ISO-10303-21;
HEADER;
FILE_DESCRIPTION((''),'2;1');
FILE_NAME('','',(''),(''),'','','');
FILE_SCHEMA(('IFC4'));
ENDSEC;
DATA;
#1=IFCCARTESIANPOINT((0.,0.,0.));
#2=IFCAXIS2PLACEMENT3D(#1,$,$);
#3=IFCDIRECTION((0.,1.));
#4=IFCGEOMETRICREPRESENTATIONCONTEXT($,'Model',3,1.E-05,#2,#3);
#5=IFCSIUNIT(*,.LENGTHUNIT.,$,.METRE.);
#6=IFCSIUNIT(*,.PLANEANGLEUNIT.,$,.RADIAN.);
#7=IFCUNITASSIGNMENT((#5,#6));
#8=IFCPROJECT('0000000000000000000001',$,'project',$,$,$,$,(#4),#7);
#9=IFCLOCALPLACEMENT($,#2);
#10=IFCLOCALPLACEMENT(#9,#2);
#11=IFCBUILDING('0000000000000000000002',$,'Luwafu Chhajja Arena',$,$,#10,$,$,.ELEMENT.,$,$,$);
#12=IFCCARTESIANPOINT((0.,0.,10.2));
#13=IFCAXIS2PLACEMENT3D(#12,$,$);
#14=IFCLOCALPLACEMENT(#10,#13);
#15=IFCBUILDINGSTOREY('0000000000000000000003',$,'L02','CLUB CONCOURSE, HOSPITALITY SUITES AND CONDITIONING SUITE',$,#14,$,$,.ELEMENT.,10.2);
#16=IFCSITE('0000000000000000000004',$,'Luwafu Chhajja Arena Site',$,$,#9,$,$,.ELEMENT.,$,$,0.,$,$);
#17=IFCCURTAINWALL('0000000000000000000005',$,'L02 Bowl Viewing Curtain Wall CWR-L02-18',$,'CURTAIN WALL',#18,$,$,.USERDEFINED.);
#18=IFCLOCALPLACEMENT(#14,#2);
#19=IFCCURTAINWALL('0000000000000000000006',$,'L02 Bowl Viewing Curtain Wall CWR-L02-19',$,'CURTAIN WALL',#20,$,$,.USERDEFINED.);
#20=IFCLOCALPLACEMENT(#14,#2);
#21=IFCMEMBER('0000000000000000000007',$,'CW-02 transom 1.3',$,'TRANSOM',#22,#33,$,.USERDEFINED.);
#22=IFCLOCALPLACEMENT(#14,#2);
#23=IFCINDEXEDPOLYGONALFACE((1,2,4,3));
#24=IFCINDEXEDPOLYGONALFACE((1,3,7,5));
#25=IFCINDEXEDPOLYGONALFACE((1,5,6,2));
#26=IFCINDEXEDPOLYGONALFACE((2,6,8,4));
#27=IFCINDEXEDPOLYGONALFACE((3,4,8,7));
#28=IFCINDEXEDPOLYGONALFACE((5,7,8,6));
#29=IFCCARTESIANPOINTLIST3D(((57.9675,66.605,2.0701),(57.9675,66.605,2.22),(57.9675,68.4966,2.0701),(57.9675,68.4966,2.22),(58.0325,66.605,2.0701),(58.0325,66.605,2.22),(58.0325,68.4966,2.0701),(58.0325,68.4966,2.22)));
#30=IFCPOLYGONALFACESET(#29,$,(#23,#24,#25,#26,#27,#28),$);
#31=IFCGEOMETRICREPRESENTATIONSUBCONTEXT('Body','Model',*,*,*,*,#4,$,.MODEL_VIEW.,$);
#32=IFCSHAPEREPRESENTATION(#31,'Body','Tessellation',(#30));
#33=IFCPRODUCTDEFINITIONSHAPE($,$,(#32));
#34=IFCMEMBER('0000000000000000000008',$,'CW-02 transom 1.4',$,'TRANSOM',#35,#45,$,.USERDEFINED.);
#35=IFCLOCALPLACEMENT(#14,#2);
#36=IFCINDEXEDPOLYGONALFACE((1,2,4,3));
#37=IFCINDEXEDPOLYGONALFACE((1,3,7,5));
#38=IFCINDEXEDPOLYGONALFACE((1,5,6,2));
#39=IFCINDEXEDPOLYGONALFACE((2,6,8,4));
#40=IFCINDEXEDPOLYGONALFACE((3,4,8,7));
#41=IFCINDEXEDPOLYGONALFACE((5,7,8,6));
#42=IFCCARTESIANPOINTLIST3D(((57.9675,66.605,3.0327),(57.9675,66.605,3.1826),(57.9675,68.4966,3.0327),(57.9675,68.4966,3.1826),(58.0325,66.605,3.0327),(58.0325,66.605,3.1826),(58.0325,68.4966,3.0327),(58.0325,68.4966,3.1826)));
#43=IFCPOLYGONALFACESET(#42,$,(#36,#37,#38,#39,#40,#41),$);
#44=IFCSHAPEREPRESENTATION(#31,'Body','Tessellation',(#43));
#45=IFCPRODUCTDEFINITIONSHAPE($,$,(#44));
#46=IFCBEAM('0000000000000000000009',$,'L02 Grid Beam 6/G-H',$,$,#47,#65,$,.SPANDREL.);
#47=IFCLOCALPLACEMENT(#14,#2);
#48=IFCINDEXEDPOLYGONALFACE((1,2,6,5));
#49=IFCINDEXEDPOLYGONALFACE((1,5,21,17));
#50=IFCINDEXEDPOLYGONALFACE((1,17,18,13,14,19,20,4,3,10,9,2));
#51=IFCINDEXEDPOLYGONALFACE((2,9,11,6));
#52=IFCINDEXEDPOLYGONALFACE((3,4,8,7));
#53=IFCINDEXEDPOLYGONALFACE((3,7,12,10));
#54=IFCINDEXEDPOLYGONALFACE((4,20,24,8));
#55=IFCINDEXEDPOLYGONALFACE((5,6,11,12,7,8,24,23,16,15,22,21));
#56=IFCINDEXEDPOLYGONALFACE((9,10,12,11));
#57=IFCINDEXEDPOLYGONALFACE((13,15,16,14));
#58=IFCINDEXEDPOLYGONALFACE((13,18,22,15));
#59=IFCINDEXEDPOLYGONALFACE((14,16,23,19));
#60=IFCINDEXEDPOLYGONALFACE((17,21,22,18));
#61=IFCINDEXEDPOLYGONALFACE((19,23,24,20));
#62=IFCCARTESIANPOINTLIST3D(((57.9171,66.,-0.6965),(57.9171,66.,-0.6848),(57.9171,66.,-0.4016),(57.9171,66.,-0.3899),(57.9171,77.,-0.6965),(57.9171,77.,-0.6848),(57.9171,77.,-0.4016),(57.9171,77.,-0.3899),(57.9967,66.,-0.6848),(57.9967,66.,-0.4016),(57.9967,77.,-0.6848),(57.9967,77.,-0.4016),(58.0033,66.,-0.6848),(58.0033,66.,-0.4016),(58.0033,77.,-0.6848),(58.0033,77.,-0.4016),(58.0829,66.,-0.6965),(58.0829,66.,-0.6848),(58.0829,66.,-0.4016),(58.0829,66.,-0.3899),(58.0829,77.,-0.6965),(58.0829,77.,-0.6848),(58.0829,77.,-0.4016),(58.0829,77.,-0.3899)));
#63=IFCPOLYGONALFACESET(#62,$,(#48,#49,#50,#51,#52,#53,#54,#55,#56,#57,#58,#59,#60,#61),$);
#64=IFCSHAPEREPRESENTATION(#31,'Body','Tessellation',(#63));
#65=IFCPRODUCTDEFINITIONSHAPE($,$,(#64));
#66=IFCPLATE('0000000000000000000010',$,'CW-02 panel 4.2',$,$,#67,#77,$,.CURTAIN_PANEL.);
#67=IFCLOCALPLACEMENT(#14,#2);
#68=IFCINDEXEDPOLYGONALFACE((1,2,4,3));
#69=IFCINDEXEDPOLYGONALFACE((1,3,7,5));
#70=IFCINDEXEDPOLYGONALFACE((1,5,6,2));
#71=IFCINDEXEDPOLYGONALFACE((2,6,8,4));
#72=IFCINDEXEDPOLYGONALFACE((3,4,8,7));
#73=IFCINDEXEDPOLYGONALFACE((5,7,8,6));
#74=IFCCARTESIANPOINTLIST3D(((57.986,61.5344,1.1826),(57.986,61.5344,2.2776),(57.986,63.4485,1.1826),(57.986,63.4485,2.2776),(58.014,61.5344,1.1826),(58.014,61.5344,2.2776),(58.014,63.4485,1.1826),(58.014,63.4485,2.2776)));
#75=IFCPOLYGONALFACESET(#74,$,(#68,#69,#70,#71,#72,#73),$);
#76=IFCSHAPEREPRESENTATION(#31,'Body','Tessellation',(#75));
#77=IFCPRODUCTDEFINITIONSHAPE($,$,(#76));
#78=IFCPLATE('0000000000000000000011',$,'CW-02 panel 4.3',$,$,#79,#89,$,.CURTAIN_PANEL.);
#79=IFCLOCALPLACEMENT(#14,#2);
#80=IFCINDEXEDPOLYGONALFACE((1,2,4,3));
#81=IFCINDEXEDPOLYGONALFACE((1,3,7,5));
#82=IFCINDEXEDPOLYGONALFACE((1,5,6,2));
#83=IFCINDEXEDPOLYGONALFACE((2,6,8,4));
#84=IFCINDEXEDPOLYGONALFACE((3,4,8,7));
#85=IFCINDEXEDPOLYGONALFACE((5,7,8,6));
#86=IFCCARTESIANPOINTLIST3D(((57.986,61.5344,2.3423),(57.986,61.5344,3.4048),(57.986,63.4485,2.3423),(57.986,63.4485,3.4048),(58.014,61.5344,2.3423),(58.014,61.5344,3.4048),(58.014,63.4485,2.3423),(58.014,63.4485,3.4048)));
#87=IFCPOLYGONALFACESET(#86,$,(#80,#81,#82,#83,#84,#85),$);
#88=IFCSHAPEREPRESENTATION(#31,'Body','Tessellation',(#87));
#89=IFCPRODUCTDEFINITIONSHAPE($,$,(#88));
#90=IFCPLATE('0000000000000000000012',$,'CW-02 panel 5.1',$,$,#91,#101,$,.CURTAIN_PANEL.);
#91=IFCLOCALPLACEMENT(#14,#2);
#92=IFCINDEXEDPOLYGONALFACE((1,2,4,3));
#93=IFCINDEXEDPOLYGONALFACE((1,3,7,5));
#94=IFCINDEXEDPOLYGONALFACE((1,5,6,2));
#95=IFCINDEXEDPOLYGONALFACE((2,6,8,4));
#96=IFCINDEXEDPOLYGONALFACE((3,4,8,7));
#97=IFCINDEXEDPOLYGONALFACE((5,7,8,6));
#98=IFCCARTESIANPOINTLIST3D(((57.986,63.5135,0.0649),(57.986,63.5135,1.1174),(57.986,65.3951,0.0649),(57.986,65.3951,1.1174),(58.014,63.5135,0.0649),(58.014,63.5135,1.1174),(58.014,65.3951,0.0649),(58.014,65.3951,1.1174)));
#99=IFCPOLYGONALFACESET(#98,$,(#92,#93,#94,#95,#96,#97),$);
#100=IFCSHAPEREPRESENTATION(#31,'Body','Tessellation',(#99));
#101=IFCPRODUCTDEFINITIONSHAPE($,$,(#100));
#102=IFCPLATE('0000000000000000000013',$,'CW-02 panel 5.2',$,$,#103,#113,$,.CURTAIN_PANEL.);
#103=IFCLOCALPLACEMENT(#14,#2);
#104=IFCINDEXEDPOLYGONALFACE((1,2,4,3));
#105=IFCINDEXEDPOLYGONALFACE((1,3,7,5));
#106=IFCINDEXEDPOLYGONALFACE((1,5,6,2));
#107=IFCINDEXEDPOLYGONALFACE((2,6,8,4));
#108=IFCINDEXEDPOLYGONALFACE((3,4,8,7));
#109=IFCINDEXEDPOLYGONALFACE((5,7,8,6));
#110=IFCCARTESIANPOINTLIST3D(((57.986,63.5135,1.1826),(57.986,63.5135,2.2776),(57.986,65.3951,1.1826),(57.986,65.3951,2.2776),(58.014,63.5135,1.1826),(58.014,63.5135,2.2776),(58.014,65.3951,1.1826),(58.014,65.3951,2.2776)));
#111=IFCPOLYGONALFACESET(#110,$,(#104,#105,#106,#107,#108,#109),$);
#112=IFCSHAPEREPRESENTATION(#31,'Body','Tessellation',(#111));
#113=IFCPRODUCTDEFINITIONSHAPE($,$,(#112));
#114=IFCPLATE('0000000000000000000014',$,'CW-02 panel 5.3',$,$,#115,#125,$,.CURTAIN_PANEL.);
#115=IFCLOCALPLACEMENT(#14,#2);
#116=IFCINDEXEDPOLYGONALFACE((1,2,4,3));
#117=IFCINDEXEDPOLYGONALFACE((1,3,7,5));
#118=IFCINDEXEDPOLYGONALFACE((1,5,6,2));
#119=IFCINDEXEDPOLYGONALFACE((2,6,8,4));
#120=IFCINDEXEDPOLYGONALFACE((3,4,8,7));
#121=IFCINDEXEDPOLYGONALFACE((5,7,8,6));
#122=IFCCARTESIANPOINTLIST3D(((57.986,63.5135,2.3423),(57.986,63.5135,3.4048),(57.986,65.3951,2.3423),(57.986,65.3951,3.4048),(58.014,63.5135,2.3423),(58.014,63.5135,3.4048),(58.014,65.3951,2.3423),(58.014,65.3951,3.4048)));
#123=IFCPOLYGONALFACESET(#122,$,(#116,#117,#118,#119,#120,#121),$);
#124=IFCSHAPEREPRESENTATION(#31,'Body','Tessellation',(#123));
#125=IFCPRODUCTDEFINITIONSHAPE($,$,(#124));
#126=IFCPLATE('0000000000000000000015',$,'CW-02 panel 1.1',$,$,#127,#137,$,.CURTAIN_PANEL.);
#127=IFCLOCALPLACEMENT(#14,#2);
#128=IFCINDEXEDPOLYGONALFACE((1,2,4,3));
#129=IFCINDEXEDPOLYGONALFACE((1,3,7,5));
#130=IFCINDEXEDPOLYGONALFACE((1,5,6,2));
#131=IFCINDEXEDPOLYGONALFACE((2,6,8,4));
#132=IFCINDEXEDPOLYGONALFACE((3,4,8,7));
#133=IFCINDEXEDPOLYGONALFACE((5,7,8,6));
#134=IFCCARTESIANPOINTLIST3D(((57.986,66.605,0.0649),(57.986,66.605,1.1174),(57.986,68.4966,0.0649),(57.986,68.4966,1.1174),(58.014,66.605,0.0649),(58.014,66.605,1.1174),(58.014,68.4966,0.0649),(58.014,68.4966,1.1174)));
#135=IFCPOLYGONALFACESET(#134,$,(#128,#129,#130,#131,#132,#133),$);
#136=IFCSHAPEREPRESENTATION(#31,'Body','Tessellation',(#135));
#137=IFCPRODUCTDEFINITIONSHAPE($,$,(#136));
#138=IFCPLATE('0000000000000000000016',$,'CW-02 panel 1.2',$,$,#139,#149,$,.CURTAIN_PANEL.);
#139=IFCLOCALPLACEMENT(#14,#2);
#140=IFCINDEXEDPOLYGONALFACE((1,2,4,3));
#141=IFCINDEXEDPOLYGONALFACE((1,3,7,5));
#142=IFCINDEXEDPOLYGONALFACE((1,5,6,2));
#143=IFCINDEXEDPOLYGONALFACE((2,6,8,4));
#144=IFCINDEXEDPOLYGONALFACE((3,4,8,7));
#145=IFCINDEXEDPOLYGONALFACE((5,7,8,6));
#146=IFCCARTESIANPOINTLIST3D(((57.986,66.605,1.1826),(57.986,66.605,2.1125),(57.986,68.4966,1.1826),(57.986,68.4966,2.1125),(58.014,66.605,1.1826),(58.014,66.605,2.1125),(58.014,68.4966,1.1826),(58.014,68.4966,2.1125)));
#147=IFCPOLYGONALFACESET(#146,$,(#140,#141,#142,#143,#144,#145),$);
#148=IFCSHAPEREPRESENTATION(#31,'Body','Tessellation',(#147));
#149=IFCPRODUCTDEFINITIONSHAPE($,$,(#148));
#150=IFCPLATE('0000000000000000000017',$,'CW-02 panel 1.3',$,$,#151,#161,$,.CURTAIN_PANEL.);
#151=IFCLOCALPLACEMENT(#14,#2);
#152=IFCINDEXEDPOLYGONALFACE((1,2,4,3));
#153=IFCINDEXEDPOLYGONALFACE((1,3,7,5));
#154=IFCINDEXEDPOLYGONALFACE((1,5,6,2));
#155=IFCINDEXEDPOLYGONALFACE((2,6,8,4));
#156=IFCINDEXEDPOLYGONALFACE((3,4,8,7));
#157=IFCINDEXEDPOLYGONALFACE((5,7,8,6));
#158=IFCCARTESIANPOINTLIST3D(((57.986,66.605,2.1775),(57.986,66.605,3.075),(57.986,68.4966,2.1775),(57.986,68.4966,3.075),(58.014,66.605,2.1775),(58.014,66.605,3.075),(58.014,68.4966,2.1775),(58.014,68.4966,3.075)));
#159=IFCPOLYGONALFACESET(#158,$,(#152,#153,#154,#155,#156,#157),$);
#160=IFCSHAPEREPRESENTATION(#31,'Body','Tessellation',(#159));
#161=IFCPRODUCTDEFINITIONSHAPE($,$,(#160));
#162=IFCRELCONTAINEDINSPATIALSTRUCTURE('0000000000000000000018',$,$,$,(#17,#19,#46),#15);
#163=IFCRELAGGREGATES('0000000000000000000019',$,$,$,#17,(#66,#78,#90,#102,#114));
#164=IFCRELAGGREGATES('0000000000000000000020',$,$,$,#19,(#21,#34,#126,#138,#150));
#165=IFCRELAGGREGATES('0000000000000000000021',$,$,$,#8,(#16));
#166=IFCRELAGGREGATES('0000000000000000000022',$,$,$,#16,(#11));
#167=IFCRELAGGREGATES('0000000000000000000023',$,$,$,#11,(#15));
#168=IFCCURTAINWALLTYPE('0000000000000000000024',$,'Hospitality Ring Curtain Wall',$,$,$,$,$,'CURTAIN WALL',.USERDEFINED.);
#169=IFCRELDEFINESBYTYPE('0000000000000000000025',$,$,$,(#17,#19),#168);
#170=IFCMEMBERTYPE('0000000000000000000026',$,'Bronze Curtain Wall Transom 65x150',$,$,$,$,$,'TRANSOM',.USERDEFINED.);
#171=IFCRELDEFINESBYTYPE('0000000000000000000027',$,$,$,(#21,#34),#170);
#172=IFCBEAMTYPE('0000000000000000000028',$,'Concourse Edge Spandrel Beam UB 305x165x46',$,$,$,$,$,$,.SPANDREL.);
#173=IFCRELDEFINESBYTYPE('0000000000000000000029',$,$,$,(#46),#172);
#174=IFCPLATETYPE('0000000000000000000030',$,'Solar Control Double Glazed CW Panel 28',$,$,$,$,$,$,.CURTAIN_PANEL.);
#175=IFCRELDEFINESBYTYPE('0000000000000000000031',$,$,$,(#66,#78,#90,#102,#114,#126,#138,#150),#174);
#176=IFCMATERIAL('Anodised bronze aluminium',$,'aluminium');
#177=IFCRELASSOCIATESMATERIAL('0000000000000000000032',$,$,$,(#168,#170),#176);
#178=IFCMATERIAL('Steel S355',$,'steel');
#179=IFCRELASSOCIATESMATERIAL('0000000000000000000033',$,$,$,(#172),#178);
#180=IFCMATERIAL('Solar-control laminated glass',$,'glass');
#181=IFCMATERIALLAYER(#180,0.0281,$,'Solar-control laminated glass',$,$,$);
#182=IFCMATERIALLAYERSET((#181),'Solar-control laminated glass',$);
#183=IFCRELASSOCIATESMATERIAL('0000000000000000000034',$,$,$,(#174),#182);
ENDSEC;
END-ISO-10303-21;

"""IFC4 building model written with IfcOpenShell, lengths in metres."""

from ifc_helpers import new_model, si_unit, direction, frame, origin, origin_2d, place, context, subcontext, project, spatial, rectangle, i_section, extrude, material, layer, layer_set, material_profile, profile_set, type_object, element, aggregate, save


model = new_model("IFC4")

# Units and contexts
model_context = context("Model", 3, precision=1e-05, world=origin(), true_north=direction((0.0, 1.0)))
body_context = subcontext(model_context, "Body", "Model", "MODEL_VIEW")
ifc_project = project(units=[si_unit("LENGTHUNIT", "METRE"), si_unit("PLANEANGLEUNIT", "RADIAN")], contexts=[model_context])

# Site, building, storey
site_placement = place(None, origin())
site = spatial("IfcSite", under=ifc_project, at=site_placement, Name="Luwafu Chhajja Arena Site", CompositionType="ELEMENT", RefElevation=0.0)
building_placement = place(site_placement, origin())
building = spatial("IfcBuilding", under=site, at=building_placement, Name="Luwafu Chhajja Arena", CompositionType="ELEMENT")
storey_placement = place(building_placement, frame((0.0, 0.0, 10.2)))
storey = spatial("IfcBuildingStorey", under=building, at=storey_placement, Name="L02", Description="CLUB CONCOURSE, HOSPITALITY SUITES AND CONDITIONING SUITE", CompositionType="ELEMENT", Elevation=10.2)

# Shared definitions
ifc_material_1 = material(Name="Steel S355", Category="steel")

# Curtain wall
ifc_material_2 = material(Name="Anodised bronze aluminium", Category="aluminium")
curtain_wall_type = type_object("IfcCurtainWallType", Name="Hospitality Ring Curtain Wall", ElementType="CURTAIN WALL", PredefinedType="USERDEFINED", material=ifc_material_2)
curtain_wall_1_placement = place(storey_placement, origin())
curtain_wall_1 = element("IfcCurtainWall", 1, at=curtain_wall_1_placement, inside=storey, type_object=curtain_wall_type, Name="L02 Bowl Viewing Curtain Wall CWR-L02-18", ObjectType="CURTAIN WALL", PredefinedType="USERDEFINED")

# Curtain wall
curtain_wall_2_placement = place(storey_placement, origin())
curtain_wall_2 = element("IfcCurtainWall", 2, at=curtain_wall_2_placement, inside=storey, type_object=curtain_wall_type, Name="L02 Bowl Viewing Curtain Wall CWR-L02-19", ObjectType="CURTAIN WALL", PredefinedType="USERDEFINED")

# Members
ifc_material_profile_1 = material_profile(ifc_material_2, rectangle(XDim=0.0649, YDim=0.1499, at=origin_2d()), Name="CWT 65x150")
ifc_profile_set_1 = profile_set([ifc_material_profile_1], Name="Anodised bronze aluminium")
member_type_1 = type_object("IfcMemberType", Name="Bronze Curtain Wall Transom 65x150", ElementType="TRANSOM", PredefinedType="USERDEFINED", material=ifc_profile_set_1)
member_1_placement = place(storey_placement, frame((58.0, 66.605, 2.145), z_axis=(0.0, 1.0, 0.0), x_axis=(-1.0, 0.0, 0.0)))
member_1 = element("IfcMember", 3, at=member_1_placement, type_object=member_type_1, Name="CW-02 transom 1.3", ObjectType="TRANSOM", PredefinedType="USERDEFINED", context=body_context, shape_type="SweptSolid", body=[
    extrude(rectangle(XDim=0.0649, YDim=0.1499, at=origin_2d()), origin(), (0.0, 0.0, 1.0), 1.8916),
])
member_2_placement = place(storey_placement, frame((58.0, 66.605, 3.1077), z_axis=(0.0, 1.0, 0.0), x_axis=(-1.0, 0.0, 0.0)))
member_2 = element("IfcMember", 4, at=member_2_placement, type_object=member_type_1, Name="CW-02 transom 1.4", ObjectType="TRANSOM", PredefinedType="USERDEFINED", context=body_context, shape_type="SweptSolid", body=[
    extrude(rectangle(XDim=0.0649, YDim=0.1499, at=origin_2d()), origin(), (0.0, 0.0, 1.0), 1.8916),
])

# Beam
ifc_material_profile_2 = material_profile(ifc_material_1, i_section(OverallWidth=0.1658, OverallDepth=0.3066, WebThickness=0.0066, FlangeThickness=0.0117, at=origin_2d()), Name="UB 305x165x46")
ifc_profile_set_2 = profile_set([ifc_material_profile_2], Name="Steel S355")
beam_type = type_object("IfcBeamType", Name="Concourse Edge Spandrel Beam UB 305x165x46", PredefinedType="SPANDREL", material=ifc_profile_set_2)
beam_placement = place(storey_placement, frame((58.0, 66.0, -0.5432), z_axis=(0.0, 1.0, 0.0), x_axis=(-1.0, 0.0, 0.0)))
element("IfcBeam", 5, at=beam_placement, inside=storey, type_object=beam_type, Name="L02 Grid Beam 6/G-H", PredefinedType="SPANDREL", context=body_context, shape_type="SweptSolid", body=[
    extrude(i_section(OverallWidth=0.1658, OverallDepth=0.3066, WebThickness=0.0066, FlangeThickness=0.0117, at=origin_2d()), origin(), (0.0, 0.0, 1.0), 11.0),
])

# Plates
ifc_material_3 = material(Name="Solar-control laminated glass", Category="glass")
ifc_layer = layer(ifc_material_3, 0.0281, Name="Solar-control laminated glass")
ifc_layer_set = layer_set([ifc_layer], Name="Solar-control laminated glass")
plate_type = type_object("IfcPlateType", Name="Solar Control Double Glazed CW Panel 28", PredefinedType="CURTAIN_PANEL", material=ifc_layer_set)
plate_1_placement = place(storey_placement, frame((58.0, 62.4915, 1.1826), z_axis=(0.0, 0.0, 1.0), x_axis=(0.0, 1.0, 0.0)))
plate_1 = element("IfcPlate", 6, at=plate_1_placement, type_object=plate_type, Name="CW-02 panel 4.2", PredefinedType="CURTAIN_PANEL", context=body_context, shape_type="SweptSolid", body=[
    extrude(rectangle(XDim=1.9141, YDim=0.0281, at=origin_2d()), origin(), (0.0, 0.0, 1.0), 1.095),
])
plate_2_placement = place(storey_placement, frame((58.0, 62.4915, 2.3423), z_axis=(0.0, 0.0, 1.0), x_axis=(0.0, 1.0, 0.0)))
plate_2 = element("IfcPlate", 7, at=plate_2_placement, type_object=plate_type, Name="CW-02 panel 4.3", PredefinedType="CURTAIN_PANEL", context=body_context, shape_type="SweptSolid", body=[
    extrude(rectangle(XDim=1.9141, YDim=0.0281, at=origin_2d()), origin(), (0.0, 0.0, 1.0), 1.0625),
])
plate_3_placement = place(storey_placement, frame((58.0, 64.4543, 0.0649), z_axis=(0.0, 0.0, 1.0), x_axis=(0.0, 1.0, 0.0)))
plate_3 = element("IfcPlate", 8, at=plate_3_placement, type_object=plate_type, Name="CW-02 panel 5.1", PredefinedType="CURTAIN_PANEL", context=body_context, shape_type="SweptSolid", body=[
    extrude(rectangle(XDim=1.8816, YDim=0.0281, at=origin_2d()), origin(), (0.0, 0.0, 1.0), 1.0525),
])
plate_4_placement = place(storey_placement, frame((58.0, 64.4543, 1.1826), z_axis=(0.0, 0.0, 1.0), x_axis=(0.0, 1.0, 0.0)))
plate_4 = element("IfcPlate", 9, at=plate_4_placement, type_object=plate_type, Name="CW-02 panel 5.2", PredefinedType="CURTAIN_PANEL", context=body_context, shape_type="SweptSolid", body=[
    extrude(rectangle(XDim=1.8816, YDim=0.0281, at=origin_2d()), origin(), (0.0, 0.0, 1.0), 1.095),
])
plate_5_placement = place(storey_placement, frame((58.0, 64.4543, 2.3423), z_axis=(0.0, 0.0, 1.0), x_axis=(0.0, 1.0, 0.0)))
plate_5 = element("IfcPlate", 10, at=plate_5_placement, type_object=plate_type, Name="CW-02 panel 5.3", PredefinedType="CURTAIN_PANEL", context=body_context, shape_type="SweptSolid", body=[
    extrude(rectangle(XDim=1.8816, YDim=0.0281, at=origin_2d()), origin(), (0.0, 0.0, 1.0), 1.0625),
])
aggregate(curtain_wall_1, [plate_1, plate_2, plate_3, plate_4, plate_5])
plate_6_placement = place(storey_placement, frame((58.0, 67.5508, 0.0649), z_axis=(0.0, 0.0, 1.0), x_axis=(0.0, 1.0, 0.0)))
plate_6 = element("IfcPlate", 11, at=plate_6_placement, type_object=plate_type, Name="CW-02 panel 1.1", PredefinedType="CURTAIN_PANEL", context=body_context, shape_type="SweptSolid", body=[
    extrude(rectangle(XDim=1.8916, YDim=0.0281, at=origin_2d()), origin(), (0.0, 0.0, 1.0), 1.0525),
])
plate_7_placement = place(storey_placement, frame((58.0, 67.5508, 1.1826), z_axis=(0.0, 0.0, 1.0), x_axis=(0.0, 1.0, 0.0)))
plate_7 = element("IfcPlate", 12, at=plate_7_placement, type_object=plate_type, Name="CW-02 panel 1.2", PredefinedType="CURTAIN_PANEL", context=body_context, shape_type="SweptSolid", body=[
    extrude(rectangle(XDim=1.8916, YDim=0.0281, at=origin_2d()), origin(), (0.0, 0.0, 1.0), 0.9299),
])
plate_8_placement = place(storey_placement, frame((58.0, 67.5508, 2.1775), z_axis=(0.0, 0.0, 1.0), x_axis=(0.0, 1.0, 0.0)))
plate_8 = element("IfcPlate", 13, at=plate_8_placement, type_object=plate_type, Name="CW-02 panel 1.3", PredefinedType="CURTAIN_PANEL", context=body_context, shape_type="SweptSolid", body=[
    extrude(rectangle(XDim=1.8916, YDim=0.0281, at=origin_2d()), origin(), (0.0, 0.0, 1.0), 0.8975),
])
aggregate(curtain_wall_2, [member_1, member_2, plate_6, plate_7, plate_8])

save(model, "model.ifc")
